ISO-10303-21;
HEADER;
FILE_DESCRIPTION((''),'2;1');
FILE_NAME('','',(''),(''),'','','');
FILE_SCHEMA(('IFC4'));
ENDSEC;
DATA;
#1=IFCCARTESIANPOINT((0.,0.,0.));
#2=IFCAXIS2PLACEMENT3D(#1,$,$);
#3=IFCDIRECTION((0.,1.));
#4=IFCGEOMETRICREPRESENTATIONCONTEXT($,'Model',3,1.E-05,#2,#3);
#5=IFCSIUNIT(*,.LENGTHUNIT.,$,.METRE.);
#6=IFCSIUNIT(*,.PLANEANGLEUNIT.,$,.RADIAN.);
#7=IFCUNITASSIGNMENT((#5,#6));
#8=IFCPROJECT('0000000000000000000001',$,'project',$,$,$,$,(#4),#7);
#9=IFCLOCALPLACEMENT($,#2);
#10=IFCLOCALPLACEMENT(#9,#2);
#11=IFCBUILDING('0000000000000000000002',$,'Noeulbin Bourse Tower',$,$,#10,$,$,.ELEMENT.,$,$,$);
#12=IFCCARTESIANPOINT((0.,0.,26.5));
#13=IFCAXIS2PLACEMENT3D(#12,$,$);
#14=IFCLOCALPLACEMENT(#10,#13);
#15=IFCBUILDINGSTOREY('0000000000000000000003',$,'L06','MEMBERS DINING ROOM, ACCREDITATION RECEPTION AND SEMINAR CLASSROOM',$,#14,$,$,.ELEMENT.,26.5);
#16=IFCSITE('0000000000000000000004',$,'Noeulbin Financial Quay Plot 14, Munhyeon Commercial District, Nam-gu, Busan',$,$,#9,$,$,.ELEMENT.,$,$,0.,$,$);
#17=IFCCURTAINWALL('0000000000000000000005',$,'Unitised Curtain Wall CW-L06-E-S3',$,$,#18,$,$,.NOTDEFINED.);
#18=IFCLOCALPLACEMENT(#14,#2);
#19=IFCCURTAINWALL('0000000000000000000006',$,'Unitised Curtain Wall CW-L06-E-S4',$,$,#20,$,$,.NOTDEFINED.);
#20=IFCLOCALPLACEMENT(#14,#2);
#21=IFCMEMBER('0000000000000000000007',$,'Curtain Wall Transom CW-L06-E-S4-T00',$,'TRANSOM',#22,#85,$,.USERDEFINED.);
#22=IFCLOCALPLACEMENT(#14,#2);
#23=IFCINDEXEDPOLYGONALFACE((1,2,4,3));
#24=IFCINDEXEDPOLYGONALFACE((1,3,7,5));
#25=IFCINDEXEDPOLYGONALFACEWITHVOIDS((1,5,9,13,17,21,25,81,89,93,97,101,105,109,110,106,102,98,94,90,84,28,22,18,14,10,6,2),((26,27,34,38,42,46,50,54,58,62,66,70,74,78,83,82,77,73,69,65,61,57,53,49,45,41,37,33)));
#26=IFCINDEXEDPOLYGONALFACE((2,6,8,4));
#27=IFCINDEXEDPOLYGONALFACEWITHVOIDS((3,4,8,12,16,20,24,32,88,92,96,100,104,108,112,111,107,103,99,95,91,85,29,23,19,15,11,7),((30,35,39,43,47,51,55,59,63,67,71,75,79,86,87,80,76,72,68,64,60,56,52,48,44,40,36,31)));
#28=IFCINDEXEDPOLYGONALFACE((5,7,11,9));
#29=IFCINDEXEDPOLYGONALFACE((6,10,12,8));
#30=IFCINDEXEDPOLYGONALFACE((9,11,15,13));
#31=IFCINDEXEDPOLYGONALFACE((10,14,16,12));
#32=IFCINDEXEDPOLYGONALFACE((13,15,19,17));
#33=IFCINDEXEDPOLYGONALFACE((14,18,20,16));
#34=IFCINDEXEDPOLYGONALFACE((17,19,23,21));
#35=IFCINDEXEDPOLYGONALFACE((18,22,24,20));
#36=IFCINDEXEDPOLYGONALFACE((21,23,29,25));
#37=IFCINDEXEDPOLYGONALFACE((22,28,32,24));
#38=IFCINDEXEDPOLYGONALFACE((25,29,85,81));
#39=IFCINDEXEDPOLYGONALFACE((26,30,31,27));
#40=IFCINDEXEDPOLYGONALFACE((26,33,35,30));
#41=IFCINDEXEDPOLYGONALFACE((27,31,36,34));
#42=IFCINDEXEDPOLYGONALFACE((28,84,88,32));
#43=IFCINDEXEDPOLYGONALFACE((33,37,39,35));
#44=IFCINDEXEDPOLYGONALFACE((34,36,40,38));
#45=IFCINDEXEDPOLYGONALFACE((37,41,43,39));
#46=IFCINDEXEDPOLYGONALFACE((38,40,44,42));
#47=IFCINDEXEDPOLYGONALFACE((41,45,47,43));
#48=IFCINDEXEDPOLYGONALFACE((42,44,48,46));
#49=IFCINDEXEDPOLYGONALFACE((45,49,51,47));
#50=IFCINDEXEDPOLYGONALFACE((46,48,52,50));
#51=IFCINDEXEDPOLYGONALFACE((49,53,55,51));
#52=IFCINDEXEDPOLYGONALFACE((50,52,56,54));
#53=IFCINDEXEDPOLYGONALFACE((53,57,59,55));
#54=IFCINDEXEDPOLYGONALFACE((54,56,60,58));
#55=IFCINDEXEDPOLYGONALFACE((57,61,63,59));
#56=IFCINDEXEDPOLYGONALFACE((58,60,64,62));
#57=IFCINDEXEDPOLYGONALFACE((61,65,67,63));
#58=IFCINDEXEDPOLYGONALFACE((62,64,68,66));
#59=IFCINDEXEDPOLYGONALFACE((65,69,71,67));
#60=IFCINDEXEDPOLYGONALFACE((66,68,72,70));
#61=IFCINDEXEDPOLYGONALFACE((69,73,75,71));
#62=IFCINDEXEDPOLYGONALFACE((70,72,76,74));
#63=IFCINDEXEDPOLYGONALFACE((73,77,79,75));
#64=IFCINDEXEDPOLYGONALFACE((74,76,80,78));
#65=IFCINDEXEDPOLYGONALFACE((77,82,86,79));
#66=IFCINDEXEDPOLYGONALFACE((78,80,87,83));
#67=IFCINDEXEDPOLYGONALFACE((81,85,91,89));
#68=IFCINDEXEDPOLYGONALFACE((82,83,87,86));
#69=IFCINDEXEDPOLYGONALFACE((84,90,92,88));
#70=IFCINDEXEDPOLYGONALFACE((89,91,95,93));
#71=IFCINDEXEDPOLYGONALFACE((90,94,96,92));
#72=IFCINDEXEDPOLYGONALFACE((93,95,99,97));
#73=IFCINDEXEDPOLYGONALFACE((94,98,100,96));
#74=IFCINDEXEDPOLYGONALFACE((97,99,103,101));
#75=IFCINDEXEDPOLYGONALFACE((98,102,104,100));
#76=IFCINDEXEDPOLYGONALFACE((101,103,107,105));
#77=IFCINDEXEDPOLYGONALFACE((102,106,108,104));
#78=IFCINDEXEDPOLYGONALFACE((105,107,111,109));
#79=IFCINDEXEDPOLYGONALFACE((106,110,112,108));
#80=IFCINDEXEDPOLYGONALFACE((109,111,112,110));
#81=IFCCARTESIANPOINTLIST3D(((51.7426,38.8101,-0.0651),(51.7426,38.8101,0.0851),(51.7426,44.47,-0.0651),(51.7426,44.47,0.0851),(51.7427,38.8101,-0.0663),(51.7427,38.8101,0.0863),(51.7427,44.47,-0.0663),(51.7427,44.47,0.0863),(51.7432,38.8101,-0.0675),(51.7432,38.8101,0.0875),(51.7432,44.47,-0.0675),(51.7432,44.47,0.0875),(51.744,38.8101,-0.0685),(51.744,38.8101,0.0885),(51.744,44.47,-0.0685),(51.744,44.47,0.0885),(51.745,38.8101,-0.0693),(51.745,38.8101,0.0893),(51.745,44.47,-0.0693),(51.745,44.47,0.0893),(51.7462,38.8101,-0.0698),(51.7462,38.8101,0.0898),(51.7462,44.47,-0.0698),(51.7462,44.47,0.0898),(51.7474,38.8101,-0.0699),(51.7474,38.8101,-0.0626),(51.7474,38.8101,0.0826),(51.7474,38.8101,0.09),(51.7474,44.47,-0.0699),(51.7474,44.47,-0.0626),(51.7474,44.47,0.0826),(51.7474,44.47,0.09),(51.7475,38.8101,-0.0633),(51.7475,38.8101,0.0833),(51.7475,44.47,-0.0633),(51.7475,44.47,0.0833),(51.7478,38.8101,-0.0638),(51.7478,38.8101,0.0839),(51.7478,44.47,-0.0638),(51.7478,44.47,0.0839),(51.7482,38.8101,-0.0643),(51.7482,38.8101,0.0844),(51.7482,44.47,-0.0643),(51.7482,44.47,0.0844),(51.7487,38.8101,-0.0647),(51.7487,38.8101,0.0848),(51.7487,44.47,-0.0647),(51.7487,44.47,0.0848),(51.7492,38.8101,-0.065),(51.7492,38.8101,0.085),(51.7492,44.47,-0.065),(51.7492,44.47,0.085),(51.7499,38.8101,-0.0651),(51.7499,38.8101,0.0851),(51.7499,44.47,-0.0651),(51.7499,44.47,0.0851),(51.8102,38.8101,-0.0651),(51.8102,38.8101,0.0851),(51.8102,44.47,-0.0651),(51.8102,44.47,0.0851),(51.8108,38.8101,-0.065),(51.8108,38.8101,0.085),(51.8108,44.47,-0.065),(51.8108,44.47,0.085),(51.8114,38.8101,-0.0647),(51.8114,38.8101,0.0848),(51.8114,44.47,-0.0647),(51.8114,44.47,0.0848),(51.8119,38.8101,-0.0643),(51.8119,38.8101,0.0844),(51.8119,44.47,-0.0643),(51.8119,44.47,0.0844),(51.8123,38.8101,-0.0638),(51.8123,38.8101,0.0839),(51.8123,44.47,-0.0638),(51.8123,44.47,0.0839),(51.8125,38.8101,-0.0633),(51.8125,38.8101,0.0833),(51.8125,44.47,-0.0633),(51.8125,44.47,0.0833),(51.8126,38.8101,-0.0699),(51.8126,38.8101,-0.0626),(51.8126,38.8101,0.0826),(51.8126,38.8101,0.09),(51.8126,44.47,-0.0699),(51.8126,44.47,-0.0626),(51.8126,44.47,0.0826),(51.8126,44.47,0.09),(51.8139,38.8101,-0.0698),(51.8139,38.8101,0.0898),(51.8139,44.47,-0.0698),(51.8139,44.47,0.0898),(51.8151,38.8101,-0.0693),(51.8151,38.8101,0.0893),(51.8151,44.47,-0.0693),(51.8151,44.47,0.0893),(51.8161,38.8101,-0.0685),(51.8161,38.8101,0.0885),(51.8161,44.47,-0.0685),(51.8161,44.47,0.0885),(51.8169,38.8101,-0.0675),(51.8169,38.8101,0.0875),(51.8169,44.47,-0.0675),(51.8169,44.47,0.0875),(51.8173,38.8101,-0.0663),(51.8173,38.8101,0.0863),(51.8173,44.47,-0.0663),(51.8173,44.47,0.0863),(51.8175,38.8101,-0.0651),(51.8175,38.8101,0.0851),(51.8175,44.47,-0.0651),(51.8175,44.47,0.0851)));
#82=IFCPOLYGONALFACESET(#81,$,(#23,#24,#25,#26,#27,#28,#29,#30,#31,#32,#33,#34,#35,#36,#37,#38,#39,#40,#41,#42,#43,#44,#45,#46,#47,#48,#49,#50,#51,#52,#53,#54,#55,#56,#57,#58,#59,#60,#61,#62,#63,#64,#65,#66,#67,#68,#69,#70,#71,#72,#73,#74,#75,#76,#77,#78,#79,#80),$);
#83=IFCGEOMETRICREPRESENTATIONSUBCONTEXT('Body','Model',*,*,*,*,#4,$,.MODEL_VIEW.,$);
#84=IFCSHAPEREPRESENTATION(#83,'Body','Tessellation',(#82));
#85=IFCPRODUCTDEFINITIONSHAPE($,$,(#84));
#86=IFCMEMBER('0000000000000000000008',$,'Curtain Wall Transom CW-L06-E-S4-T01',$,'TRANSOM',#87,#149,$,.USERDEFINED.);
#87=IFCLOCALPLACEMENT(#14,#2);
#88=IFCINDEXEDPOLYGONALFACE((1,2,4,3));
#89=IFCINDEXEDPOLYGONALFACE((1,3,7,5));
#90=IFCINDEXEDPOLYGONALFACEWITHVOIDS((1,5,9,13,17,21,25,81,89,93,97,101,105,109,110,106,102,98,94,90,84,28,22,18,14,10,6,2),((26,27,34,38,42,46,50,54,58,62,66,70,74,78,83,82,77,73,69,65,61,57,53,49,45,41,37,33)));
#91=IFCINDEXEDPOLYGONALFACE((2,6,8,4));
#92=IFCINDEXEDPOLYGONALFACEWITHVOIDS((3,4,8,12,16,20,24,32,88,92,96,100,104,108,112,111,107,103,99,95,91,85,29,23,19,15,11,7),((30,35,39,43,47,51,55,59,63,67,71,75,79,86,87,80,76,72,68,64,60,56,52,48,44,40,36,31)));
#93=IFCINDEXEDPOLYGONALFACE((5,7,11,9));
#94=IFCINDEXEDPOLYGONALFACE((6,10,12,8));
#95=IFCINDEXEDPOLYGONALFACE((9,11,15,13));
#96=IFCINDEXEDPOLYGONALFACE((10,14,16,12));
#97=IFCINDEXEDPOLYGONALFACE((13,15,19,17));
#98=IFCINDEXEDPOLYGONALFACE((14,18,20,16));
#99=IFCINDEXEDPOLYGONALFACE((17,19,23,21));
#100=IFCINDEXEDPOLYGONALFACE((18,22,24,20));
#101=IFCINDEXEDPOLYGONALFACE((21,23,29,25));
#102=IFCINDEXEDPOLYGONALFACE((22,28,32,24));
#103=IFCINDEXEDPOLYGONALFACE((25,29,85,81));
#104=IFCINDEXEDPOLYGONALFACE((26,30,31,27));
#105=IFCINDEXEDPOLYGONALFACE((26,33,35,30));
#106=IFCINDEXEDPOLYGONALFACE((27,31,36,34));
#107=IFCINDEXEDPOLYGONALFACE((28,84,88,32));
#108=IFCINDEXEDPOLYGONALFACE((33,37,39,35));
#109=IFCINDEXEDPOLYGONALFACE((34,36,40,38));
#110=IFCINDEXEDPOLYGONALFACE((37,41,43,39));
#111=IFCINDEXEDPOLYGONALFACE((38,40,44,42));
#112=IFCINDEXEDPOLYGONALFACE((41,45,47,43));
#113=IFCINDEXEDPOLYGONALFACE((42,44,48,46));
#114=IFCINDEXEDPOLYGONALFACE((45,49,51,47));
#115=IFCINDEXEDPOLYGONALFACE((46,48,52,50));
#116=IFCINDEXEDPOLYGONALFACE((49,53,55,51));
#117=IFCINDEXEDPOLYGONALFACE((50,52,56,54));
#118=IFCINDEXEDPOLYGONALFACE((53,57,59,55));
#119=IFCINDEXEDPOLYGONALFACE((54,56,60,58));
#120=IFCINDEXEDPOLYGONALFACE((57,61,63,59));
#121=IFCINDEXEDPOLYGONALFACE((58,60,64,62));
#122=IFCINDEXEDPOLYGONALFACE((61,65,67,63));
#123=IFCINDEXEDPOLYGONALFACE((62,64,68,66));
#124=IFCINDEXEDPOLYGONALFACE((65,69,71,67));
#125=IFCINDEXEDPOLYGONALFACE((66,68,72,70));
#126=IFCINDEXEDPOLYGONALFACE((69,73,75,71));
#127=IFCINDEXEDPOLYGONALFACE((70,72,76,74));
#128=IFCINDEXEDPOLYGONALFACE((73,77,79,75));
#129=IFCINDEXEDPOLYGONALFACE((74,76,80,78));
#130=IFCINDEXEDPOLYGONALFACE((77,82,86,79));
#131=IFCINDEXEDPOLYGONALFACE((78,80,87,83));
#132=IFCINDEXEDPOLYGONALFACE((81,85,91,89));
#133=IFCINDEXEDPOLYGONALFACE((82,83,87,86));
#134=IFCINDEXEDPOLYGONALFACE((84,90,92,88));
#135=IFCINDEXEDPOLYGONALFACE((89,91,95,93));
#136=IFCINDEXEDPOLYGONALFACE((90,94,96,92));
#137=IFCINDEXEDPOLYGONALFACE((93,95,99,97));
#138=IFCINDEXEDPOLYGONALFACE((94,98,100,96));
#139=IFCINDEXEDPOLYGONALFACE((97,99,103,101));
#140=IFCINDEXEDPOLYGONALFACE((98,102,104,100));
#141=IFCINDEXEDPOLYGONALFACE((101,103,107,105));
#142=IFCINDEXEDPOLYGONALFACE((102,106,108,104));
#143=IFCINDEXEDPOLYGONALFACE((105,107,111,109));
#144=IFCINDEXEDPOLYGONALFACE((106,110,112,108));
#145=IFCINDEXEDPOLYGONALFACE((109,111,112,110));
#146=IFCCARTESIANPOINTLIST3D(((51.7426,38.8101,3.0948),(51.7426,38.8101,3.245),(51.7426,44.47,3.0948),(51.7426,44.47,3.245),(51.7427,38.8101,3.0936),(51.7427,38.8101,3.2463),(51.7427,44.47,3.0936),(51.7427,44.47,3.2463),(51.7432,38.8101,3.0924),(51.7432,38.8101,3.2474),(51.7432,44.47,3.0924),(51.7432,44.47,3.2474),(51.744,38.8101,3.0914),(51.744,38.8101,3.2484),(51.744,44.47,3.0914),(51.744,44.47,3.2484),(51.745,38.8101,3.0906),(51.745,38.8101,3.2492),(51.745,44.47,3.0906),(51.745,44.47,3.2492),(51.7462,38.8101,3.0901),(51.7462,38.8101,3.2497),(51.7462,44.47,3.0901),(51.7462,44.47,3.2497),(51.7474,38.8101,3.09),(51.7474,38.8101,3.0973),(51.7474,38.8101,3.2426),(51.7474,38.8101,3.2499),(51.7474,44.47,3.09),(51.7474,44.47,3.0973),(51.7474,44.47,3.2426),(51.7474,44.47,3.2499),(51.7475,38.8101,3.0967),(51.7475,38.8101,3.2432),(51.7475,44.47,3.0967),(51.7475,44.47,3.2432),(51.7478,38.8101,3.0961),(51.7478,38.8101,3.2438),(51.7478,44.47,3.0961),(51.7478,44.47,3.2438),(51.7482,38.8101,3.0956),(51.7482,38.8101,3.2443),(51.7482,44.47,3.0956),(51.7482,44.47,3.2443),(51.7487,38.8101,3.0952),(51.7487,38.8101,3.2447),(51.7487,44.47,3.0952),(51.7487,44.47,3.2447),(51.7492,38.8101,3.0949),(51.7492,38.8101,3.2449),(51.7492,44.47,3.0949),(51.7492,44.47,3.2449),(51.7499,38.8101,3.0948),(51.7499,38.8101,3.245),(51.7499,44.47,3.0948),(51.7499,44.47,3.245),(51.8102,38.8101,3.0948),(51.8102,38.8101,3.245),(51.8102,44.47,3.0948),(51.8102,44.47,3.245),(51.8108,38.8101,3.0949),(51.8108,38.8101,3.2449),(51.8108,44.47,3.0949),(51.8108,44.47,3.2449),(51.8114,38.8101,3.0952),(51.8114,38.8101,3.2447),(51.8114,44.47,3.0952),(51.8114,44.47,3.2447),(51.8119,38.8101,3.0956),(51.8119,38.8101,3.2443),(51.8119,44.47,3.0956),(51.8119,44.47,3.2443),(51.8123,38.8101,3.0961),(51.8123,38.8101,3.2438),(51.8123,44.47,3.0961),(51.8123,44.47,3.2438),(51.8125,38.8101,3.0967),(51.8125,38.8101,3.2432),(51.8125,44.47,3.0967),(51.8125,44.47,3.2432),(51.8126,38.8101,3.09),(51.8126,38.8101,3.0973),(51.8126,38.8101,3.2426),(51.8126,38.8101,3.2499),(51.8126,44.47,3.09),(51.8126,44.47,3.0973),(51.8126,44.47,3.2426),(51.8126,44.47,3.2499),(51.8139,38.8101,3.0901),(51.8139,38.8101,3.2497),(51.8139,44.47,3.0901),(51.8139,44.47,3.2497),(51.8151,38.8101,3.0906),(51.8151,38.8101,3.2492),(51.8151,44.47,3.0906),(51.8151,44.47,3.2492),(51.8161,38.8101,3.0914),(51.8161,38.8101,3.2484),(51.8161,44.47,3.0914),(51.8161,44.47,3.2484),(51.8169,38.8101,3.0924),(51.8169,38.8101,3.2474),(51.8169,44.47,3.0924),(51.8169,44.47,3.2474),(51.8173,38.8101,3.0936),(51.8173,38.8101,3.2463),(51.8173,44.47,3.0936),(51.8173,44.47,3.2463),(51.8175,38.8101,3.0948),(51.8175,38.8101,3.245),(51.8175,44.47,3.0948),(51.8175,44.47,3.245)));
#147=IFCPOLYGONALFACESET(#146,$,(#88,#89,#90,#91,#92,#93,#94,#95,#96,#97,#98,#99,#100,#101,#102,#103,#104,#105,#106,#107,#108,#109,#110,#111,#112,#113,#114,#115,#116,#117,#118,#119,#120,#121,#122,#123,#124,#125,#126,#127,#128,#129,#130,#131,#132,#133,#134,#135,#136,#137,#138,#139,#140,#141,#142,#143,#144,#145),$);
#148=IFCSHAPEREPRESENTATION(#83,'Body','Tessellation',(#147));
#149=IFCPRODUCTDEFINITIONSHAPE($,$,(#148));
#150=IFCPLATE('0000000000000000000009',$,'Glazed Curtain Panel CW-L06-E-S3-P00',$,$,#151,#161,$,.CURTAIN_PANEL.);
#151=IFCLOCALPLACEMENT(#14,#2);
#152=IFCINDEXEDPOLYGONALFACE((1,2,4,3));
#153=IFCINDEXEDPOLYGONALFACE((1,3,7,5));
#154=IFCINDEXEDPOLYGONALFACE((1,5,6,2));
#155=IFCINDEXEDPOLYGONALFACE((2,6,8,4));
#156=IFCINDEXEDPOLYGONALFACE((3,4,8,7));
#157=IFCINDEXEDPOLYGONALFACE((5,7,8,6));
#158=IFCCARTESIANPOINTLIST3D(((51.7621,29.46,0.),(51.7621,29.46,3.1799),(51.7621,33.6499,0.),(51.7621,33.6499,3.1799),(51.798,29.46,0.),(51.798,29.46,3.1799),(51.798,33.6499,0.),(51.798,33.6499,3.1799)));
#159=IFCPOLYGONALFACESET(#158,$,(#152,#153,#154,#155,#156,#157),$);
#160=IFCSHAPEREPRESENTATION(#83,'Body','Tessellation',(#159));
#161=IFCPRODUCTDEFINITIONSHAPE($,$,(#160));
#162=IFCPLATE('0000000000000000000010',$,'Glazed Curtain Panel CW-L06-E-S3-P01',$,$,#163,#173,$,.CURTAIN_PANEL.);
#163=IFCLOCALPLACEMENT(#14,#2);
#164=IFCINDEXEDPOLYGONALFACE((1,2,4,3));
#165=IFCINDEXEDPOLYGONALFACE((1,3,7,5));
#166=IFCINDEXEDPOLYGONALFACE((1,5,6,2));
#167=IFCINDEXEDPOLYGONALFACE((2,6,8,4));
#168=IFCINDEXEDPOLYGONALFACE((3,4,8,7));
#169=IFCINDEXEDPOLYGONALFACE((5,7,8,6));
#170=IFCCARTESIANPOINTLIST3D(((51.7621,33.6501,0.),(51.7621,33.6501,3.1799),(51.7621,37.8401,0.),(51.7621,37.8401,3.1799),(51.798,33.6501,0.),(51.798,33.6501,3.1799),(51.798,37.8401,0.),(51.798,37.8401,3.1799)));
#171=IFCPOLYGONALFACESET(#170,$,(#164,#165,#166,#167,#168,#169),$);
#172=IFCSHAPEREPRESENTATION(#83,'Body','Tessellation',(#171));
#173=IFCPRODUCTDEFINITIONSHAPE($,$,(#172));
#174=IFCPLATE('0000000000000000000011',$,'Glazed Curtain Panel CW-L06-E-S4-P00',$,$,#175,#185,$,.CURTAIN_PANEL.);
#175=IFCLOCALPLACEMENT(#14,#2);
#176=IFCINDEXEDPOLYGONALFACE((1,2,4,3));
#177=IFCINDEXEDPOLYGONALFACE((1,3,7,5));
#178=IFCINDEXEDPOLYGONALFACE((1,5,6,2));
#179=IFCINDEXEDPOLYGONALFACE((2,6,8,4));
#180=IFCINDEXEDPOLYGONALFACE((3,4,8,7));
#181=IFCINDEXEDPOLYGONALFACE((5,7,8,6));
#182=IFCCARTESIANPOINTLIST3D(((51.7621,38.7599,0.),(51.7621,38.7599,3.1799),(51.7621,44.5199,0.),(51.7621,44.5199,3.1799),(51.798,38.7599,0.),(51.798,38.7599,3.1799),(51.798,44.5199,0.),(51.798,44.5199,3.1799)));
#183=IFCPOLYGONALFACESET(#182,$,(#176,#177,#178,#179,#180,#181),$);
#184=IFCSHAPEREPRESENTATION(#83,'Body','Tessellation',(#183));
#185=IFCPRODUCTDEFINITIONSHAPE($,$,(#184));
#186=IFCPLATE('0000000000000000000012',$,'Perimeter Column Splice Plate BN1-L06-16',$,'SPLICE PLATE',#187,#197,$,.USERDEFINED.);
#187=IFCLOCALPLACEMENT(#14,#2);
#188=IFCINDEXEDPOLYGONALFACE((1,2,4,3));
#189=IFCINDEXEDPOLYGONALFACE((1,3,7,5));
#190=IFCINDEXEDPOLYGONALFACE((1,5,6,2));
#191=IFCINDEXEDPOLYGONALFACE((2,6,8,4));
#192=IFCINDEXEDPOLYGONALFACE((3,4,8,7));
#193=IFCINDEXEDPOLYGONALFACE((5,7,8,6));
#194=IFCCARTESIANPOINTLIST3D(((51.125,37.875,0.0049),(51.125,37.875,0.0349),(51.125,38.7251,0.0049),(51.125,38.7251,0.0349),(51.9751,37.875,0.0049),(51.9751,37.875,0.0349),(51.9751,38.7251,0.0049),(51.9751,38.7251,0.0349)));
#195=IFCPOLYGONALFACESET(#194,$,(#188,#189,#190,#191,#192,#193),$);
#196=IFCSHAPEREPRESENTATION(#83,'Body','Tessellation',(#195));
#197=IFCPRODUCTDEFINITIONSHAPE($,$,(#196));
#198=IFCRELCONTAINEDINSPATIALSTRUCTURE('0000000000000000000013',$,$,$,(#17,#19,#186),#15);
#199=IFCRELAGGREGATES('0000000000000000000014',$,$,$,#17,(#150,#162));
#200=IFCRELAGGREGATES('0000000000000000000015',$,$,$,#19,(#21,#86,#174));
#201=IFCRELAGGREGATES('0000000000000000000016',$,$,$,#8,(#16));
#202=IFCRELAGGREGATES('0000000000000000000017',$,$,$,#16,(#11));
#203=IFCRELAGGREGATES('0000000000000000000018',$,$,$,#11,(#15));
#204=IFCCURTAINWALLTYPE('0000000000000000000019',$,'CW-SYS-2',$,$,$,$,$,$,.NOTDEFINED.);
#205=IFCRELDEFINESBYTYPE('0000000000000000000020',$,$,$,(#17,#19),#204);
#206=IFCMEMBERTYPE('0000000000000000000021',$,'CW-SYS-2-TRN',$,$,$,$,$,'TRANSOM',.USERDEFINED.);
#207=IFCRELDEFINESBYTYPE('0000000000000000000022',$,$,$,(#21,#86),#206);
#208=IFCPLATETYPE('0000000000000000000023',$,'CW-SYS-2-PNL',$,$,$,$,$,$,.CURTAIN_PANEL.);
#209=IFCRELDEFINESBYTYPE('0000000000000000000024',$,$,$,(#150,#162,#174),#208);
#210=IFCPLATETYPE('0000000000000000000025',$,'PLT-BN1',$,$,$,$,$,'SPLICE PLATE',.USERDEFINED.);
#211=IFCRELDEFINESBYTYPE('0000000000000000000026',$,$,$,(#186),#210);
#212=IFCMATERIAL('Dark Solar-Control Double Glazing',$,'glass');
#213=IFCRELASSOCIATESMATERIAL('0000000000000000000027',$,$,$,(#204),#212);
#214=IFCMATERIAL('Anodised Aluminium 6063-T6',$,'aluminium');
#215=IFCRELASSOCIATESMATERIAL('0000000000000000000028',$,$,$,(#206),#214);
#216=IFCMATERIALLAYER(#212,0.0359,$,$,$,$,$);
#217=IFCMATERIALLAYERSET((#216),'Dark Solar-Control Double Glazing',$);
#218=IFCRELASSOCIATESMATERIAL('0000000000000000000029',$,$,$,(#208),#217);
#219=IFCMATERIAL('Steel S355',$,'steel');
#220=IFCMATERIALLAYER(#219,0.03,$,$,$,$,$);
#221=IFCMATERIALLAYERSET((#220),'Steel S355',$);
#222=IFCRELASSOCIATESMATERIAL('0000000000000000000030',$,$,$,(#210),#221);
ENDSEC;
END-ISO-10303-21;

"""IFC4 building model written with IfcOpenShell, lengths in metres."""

from ifc_helpers import new_model, si_unit, direction, frame, origin, origin_2d, place, context, subcontext, project, spatial, rectangle, hollow_rectangle, extrude, material, layer, layer_set, material_profile, profile_set, type_object, element, aggregate, save


model = new_model("IFC4")

# Units and contexts
model_context = context("Model", 3, precision=1e-05, world=origin(), true_north=direction((0.0, 1.0)))
body_context = subcontext(model_context, "Body", "Model", "MODEL_VIEW")
ifc_project = project(units=[si_unit("LENGTHUNIT", "METRE"), si_unit("PLANEANGLEUNIT", "RADIAN")], contexts=[model_context])

# Site, building, storey
site_placement = place(None, origin())
site = spatial("IfcSite", under=ifc_project, at=site_placement, Name="Noeulbin Financial Quay Plot 14, Munhyeon Commercial District, Nam-gu, Busan", CompositionType="ELEMENT", RefElevation=0.0)
building_placement = place(site_placement, origin())
building = spatial("IfcBuilding", under=site, at=building_placement, Name="Noeulbin Bourse Tower", CompositionType="ELEMENT")
storey_placement = place(building_placement, frame((0.0, 0.0, 26.5)))
storey = spatial("IfcBuildingStorey", under=building, at=storey_placement, Name="L06", Description="MEMBERS DINING ROOM, ACCREDITATION RECEPTION AND SEMINAR CLASSROOM", CompositionType="ELEMENT", Elevation=26.5)

# Shared definitions
ifc_material_1 = material(Name="Steel S355", Category="steel")

# Shared definitions
ifc_material_2 = material(Name="Dark Solar-Control Double Glazing", Category="glass")
curtain_wall_type = type_object("IfcCurtainWallType", Name="CW-SYS-2", PredefinedType="NOTDEFINED", material=ifc_material_2)
ifc_material_3 = material(Name="Anodised Aluminium 6063-T6", Category="aluminium")

# Curtain walls
curtain_wall_1_placement = place(storey_placement, origin())
curtain_wall_1 = element("IfcCurtainWall", 1, at=curtain_wall_1_placement, inside=storey, type_object=curtain_wall_type, Name="Unitised Curtain Wall CW-L06-E-S3", PredefinedType="NOTDEFINED")
curtain_wall_2_placement = place(storey_placement, origin())
curtain_wall_2 = element("IfcCurtainWall", 2, at=curtain_wall_2_placement, inside=storey, type_object=curtain_wall_type, Name="Unitised Curtain Wall CW-L06-E-S4", PredefinedType="NOTDEFINED")

# Members
ifc_material_profile_1 = material_profile(ifc_material_3, hollow_rectangle(XDim=0.075, YDim=0.1599, WallThickness=0.0049, InnerFilletRadius=0.0024, OuterFilletRadius=0.0049, at=origin_2d()), Name="ALU-TRAN-75x160x5", Category="LoadBearing")
ifc_profile_set_1 = profile_set([ifc_material_profile_1], Name="Anodised Aluminium 6063-T6")
member_type_1 = type_object("IfcMemberType", Name="CW-SYS-2-TRN", ElementType="TRANSOM", PredefinedType="USERDEFINED", material=ifc_profile_set_1)
member_1_placement = place(storey_placement, frame((51.78, 38.8101, 0.01), z_axis=(0.0, 1.0, 0.0), x_axis=(-1.0, 0.0, 0.0)))
member_1 = element("IfcMember", 3, at=member_1_placement, type_object=member_type_1, Name="Curtain Wall Transom CW-L06-E-S4-T00", ObjectType="TRANSOM", PredefinedType="USERDEFINED", context=body_context, shape_type="SweptSolid", body=[
    extrude(hollow_rectangle(XDim=0.075, YDim=0.1599, WallThickness=0.0049, InnerFilletRadius=0.0024, OuterFilletRadius=0.0049, at=origin_2d()), origin(), (0.0, 0.0, 1.0), 5.6599),
])
member_2_placement = place(storey_placement, frame((51.78, 38.8101, 3.1699), z_axis=(0.0, 1.0, 0.0), x_axis=(-1.0, 0.0, 0.0)))
member_2 = element("IfcMember", 4, at=member_2_placement, type_object=member_type_1, Name="Curtain Wall Transom CW-L06-E-S4-T01", ObjectType="TRANSOM", PredefinedType="USERDEFINED", context=body_context, shape_type="SweptSolid", body=[
    extrude(hollow_rectangle(XDim=0.075, YDim=0.1599, WallThickness=0.0049, InnerFilletRadius=0.0024, OuterFilletRadius=0.0049, at=origin_2d()), origin(), (0.0, 0.0, 1.0), 5.6599),
])

# Plates
ifc_layer_1 = layer(ifc_material_2, 0.0359)
ifc_layer_set_1 = layer_set([ifc_layer_1], Name="Dark Solar-Control Double Glazing")
plate_type_1 = type_object("IfcPlateType", Name="CW-SYS-2-PNL", PredefinedType="CURTAIN_PANEL", material=ifc_layer_set_1)
plate_1_placement = place(storey_placement, frame((51.78, 31.5549, 0.0), z_axis=(0.0, 0.0, 1.0), x_axis=(0.0, 1.0, 0.0)))
plate_1 = element("IfcPlate", 5, at=plate_1_placement, type_object=plate_type_1, Name="Glazed Curtain Panel CW-L06-E-S3-P00", PredefinedType="CURTAIN_PANEL", context=body_context, shape_type="SweptSolid", body=[
    extrude(rectangle(XDim=4.1899, YDim=0.0359, at=origin_2d()), origin(), (0.0, 0.0, 1.0), 3.1799),
])
plate_2_placement = place(storey_placement, frame((51.78, 35.7451, 0.0), z_axis=(0.0, 0.0, 1.0), x_axis=(0.0, 1.0, 0.0)))
plate_2 = element("IfcPlate", 6, at=plate_2_placement, type_object=plate_type_1, Name="Glazed Curtain Panel CW-L06-E-S3-P01", PredefinedType="CURTAIN_PANEL", context=body_context, shape_type="SweptSolid", body=[
    extrude(rectangle(XDim=4.1899, YDim=0.0359, at=origin_2d()), origin(), (0.0, 0.0, 1.0), 3.1799),
])
aggregate(curtain_wall_1, [plate_1, plate_2])
plate_3_placement = place(storey_placement, frame((51.78, 41.6399, 0.0), z_axis=(0.0, 0.0, 1.0), x_axis=(0.0, 1.0, 0.0)))
plate_3 = element("IfcPlate", 7, at=plate_3_placement, type_object=plate_type_1, Name="Glazed Curtain Panel CW-L06-E-S4-P00", PredefinedType="CURTAIN_PANEL", context=body_context, shape_type="SweptSolid", body=[
    extrude(rectangle(XDim=5.76, YDim=0.0359, at=origin_2d()), origin(), (0.0, 0.0, 1.0), 3.1799),
])
aggregate(curtain_wall_2, [member_1, member_2, plate_3])
ifc_layer_2 = layer(ifc_material_1, 0.03)
ifc_layer_set_2 = layer_set([ifc_layer_2], Name="Steel S355")
plate_type_2 = type_object("IfcPlateType", Name="PLT-BN1", ElementType="SPLICE PLATE", PredefinedType="USERDEFINED", material=ifc_layer_set_2)
plate_4_placement = place(storey_placement, frame((51.55, 38.3, 0.0049), z_axis=(0.0, 0.0, 1.0), x_axis=(1.0, 0.0, 0.0)))
element("IfcPlate", 8, at=plate_4_placement, inside=storey, type_object=plate_type_2, Name="Perimeter Column Splice Plate BN1-L06-16", ObjectType="SPLICE PLATE", PredefinedType="USERDEFINED", context=body_context, shape_type="SweptSolid", body=[
    extrude(rectangle(XDim=0.8501, YDim=0.8501, at=origin_2d()), origin(), (0.0, 0.0, 1.0), 0.03),
])

save(model, "model.ifc")
